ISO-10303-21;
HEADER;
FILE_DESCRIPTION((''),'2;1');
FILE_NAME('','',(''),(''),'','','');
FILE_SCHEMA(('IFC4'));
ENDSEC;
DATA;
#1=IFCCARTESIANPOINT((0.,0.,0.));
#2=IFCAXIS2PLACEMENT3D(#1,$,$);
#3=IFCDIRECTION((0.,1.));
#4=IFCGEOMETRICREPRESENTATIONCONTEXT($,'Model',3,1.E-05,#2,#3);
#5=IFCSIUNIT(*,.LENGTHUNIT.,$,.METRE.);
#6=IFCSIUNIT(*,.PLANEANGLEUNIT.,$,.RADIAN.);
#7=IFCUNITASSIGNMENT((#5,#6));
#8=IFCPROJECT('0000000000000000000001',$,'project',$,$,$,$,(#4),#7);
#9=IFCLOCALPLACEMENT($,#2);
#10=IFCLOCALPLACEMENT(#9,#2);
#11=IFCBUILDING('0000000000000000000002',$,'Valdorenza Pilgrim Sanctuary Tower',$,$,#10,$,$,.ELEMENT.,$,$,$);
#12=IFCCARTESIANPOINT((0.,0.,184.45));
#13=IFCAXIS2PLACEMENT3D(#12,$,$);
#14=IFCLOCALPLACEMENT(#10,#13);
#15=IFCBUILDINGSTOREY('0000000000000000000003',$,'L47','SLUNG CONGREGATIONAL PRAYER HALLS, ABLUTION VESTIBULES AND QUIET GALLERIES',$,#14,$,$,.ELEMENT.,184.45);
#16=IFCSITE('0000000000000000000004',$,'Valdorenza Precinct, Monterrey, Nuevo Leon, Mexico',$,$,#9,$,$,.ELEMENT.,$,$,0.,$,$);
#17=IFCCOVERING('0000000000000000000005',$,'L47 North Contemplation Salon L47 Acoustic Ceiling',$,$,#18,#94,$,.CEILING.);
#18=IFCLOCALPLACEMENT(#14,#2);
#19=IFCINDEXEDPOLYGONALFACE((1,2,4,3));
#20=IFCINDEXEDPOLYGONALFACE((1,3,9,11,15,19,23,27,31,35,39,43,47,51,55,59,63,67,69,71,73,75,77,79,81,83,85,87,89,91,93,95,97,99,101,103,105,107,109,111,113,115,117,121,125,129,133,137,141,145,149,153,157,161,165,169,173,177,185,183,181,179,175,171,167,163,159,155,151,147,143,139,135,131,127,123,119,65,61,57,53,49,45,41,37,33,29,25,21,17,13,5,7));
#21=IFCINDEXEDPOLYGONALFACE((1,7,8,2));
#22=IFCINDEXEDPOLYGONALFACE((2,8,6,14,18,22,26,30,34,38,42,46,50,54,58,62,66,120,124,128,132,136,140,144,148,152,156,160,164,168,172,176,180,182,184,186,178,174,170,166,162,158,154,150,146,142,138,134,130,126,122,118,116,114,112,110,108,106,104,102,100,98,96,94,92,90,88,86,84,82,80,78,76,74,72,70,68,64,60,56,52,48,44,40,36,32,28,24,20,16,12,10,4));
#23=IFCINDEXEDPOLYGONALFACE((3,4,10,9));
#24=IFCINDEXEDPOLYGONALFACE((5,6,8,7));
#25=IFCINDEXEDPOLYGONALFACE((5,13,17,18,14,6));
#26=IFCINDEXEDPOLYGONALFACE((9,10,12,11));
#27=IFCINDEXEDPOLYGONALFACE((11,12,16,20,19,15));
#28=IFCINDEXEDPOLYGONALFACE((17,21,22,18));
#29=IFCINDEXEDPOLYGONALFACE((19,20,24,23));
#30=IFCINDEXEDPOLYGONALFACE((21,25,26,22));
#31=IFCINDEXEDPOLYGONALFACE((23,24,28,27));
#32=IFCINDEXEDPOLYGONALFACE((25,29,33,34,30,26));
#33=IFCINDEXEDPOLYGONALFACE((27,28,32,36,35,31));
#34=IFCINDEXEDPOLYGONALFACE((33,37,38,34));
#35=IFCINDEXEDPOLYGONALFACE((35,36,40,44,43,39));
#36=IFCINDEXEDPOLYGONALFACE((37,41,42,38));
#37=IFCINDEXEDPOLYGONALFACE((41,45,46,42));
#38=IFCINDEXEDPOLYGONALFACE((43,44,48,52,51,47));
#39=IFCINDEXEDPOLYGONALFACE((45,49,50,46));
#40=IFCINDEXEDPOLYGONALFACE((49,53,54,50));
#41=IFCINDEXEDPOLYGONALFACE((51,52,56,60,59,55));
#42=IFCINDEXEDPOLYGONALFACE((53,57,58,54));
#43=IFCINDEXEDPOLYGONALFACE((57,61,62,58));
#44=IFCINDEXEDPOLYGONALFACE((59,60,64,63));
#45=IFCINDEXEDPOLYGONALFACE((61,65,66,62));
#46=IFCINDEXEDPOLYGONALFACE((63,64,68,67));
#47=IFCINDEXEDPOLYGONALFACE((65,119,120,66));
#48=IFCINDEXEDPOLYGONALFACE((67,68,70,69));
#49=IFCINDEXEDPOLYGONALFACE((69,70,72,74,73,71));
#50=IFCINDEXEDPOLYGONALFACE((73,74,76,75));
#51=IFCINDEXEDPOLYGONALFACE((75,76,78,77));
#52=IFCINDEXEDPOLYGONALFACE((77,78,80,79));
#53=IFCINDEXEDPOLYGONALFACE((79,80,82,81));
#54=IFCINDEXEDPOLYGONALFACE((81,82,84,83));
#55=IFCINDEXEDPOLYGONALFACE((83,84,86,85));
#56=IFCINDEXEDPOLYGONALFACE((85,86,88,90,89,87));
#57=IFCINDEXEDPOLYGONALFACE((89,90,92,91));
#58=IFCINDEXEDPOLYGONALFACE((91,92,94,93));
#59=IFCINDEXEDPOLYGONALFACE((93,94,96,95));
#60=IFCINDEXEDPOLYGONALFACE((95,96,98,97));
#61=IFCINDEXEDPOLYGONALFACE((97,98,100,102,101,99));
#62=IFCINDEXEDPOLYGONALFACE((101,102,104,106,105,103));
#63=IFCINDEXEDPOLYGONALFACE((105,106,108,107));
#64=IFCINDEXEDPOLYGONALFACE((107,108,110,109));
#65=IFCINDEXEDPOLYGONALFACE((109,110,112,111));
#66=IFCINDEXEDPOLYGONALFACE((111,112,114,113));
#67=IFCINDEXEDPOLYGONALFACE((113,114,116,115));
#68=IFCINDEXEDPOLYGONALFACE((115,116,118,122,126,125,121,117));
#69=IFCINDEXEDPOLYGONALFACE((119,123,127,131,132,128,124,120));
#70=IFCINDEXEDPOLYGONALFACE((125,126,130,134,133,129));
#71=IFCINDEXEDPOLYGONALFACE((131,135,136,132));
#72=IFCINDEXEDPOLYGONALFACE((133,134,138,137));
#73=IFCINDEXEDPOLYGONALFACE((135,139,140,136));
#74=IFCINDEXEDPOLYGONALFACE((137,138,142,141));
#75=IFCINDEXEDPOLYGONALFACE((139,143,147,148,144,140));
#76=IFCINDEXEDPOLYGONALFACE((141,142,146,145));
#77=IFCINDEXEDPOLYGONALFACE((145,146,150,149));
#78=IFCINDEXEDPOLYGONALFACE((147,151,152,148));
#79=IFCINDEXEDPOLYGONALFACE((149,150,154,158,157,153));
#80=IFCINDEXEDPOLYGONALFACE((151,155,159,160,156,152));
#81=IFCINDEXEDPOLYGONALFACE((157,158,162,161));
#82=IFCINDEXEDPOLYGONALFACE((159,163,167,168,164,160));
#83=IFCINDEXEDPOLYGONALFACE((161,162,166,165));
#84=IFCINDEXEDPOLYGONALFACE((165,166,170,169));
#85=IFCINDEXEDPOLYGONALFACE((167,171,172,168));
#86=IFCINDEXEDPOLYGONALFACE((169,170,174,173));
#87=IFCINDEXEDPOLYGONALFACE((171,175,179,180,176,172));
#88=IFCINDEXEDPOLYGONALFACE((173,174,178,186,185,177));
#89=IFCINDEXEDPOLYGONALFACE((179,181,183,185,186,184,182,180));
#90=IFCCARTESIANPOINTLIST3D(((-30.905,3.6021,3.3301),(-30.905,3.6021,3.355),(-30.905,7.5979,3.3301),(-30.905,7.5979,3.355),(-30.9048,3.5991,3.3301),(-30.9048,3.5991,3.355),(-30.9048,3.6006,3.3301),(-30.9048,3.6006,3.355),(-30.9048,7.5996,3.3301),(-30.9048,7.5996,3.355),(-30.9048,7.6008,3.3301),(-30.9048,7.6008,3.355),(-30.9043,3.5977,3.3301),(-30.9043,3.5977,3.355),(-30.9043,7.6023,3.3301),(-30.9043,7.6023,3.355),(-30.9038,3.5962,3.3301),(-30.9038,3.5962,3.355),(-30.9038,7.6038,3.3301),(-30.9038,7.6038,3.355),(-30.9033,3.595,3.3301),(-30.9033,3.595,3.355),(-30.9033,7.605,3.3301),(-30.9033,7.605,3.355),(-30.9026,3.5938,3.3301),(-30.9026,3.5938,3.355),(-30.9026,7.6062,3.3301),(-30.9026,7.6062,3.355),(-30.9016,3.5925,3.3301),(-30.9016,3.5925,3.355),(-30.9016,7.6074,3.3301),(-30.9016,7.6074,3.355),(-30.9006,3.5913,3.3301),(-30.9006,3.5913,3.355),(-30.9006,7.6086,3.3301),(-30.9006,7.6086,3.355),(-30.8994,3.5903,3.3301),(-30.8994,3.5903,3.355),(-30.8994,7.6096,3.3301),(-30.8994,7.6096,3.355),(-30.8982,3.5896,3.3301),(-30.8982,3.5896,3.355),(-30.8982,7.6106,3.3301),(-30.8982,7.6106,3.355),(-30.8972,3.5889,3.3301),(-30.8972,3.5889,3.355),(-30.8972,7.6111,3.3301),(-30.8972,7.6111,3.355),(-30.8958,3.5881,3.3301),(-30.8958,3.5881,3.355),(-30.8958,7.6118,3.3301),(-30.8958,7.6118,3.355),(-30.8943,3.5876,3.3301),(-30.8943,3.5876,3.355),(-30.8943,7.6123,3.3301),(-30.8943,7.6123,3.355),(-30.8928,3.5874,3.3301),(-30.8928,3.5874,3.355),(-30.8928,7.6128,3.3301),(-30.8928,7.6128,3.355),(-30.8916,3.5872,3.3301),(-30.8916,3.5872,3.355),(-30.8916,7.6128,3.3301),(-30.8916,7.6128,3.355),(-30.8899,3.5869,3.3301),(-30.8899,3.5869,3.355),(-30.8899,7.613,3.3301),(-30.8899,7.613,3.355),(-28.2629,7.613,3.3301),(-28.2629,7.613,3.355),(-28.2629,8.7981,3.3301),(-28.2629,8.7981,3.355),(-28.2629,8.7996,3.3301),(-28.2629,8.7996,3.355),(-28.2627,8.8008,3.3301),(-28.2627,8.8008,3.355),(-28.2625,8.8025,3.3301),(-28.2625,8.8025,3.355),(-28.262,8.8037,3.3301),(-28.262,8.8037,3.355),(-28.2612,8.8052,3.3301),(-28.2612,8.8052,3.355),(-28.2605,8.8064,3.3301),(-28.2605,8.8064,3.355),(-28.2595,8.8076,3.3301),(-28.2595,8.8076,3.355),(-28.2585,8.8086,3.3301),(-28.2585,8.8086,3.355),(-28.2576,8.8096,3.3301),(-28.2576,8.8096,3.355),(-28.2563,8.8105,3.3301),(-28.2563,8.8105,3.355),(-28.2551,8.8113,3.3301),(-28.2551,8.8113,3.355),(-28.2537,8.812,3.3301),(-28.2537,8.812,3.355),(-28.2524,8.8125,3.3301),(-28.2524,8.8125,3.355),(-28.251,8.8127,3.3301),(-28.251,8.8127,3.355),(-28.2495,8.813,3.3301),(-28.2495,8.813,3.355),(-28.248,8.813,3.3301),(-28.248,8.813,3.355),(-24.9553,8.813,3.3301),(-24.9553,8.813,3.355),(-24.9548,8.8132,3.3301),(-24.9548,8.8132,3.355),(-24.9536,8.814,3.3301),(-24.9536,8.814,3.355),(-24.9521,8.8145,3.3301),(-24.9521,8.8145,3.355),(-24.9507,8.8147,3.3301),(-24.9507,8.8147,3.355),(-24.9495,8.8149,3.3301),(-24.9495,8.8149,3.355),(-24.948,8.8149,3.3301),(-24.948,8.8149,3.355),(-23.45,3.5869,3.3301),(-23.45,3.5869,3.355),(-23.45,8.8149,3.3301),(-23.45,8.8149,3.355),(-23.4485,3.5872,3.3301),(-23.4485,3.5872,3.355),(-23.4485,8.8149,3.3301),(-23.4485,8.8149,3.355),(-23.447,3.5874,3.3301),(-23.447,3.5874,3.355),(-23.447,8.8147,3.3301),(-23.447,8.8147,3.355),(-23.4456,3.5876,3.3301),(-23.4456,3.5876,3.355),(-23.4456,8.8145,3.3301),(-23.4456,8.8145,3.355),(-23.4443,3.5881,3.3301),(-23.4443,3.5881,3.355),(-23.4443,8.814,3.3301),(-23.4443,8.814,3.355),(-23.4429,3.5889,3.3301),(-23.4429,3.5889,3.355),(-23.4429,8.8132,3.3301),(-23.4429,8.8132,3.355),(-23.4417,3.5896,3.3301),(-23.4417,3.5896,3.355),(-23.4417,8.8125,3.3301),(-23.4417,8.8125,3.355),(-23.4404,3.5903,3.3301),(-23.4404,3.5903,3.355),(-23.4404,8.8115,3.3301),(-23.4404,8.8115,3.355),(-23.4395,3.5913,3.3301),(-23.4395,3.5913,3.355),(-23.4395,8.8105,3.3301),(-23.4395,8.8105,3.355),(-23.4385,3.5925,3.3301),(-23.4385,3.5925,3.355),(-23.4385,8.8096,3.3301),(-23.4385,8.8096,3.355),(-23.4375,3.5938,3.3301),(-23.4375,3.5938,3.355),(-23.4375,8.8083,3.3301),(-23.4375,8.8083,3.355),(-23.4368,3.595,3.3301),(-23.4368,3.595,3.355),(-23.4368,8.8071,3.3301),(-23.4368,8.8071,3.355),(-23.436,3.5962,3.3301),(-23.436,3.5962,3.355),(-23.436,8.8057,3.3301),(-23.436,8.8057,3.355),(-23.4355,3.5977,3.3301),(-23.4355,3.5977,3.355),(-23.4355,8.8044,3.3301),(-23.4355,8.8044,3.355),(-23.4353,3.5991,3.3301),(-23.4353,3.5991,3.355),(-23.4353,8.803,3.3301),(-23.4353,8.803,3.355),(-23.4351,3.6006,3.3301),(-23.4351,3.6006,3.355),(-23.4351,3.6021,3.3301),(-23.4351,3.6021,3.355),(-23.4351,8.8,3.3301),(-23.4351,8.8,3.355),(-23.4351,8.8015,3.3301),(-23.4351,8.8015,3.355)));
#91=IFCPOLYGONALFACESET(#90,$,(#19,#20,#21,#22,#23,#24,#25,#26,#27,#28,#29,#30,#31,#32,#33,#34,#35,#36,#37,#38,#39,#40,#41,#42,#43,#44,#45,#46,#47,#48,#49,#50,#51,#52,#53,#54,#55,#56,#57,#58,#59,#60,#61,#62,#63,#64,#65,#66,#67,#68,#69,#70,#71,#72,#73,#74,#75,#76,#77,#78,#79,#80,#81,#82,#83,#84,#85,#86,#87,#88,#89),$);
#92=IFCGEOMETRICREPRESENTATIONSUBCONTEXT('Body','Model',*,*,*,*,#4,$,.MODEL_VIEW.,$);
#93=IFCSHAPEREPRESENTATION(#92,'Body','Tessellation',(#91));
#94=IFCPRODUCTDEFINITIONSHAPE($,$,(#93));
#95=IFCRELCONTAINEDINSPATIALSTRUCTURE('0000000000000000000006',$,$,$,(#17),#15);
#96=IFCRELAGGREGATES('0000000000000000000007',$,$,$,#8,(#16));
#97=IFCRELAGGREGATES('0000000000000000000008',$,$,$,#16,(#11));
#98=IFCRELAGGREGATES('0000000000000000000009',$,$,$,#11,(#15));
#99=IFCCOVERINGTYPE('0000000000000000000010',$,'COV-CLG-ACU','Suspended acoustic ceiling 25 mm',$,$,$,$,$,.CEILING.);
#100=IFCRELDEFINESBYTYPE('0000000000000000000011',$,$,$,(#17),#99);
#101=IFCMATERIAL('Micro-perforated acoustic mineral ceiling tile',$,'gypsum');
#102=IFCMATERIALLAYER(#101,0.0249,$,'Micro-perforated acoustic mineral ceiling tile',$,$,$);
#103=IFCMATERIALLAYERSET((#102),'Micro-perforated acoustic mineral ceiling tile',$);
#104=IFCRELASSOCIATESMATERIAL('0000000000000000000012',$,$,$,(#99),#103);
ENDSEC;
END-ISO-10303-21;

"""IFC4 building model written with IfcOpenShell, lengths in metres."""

from ifc_helpers import new_model, si_unit, direction, frame, origin, place, context, subcontext, project, spatial, polyline, outline, extrude, material, layer, layer_set, type_object, element, save


model = new_model("IFC4")

# Units and contexts
model_context = context("Model", 3, precision=1e-05, world=origin(), true_north=direction((0.0, 1.0)))
body_context = subcontext(model_context, "Body", "Model", "MODEL_VIEW")
ifc_project = project(units=[si_unit("LENGTHUNIT", "METRE"), si_unit("PLANEANGLEUNIT", "RADIAN")], contexts=[model_context])

# Site, building, storey
site_placement = place(None, origin())
site = spatial("IfcSite", under=ifc_project, at=site_placement, Name="Valdorenza Precinct, Monterrey, Nuevo Leon, Mexico", CompositionType="ELEMENT", RefElevation=0.0)
building_placement = place(site_placement, origin())
building = spatial("IfcBuilding", under=site, at=building_placement, Name="Valdorenza Pilgrim Sanctuary Tower", CompositionType="ELEMENT")
storey_placement = place(building_placement, frame((0.0, 0.0, 184.45)))
storey = spatial("IfcBuildingStorey", under=building, at=storey_placement, Name="L47", Description="SLUNG CONGREGATIONAL PRAYER HALLS, ABLUTION VESTIBULES AND QUIET GALLERIES", CompositionType="ELEMENT", Elevation=184.45)

# Covering
ifc_material_1 = material(Name="Micro-perforated acoustic mineral ceiling tile", Category="gypsum")
ifc_layer_1 = layer(ifc_material_1, 0.0249, Name="Micro-perforated acoustic mineral ceiling tile")
ifc_layer_set_1 = layer_set([ifc_layer_1], Name="Micro-perforated acoustic mineral ceiling tile")
covering_type_1 = type_object("IfcCoveringType", Name="COV-CLG-ACU", Description="Suspended acoustic ceiling 25 mm", PredefinedType="CEILING", material=ifc_layer_set_1)
covering_1_placement = place(storey_placement, frame((0.0, 0.0, 3.3301)))
element("IfcCovering", 1, at=covering_1_placement, inside=storey, type_object=covering_type_1, Name="L47 North Contemplation Salon L47 Acoustic Ceiling", PredefinedType="CEILING", context=body_context, shape_type="SweptSolid", body=[
    extrude(outline(polyline([(-28.2629, 7.613), (-28.2629, 8.7981), (-28.2629, 8.7996), (-28.2627, 8.8008), (-28.2625, 8.8025), (-28.262, 8.8037), (-28.2612, 8.8052), (-28.2605, 8.8064), (-28.2595, 8.8076), (-28.2585, 8.8086), (-28.2576, 8.8096), (-28.2563, 8.8105), (-28.2551, 8.8113), (-28.2537, 8.812), (-28.2524, 8.8125), (-28.251, 8.8127), (-28.2495, 8.813), (-28.248, 8.813), (-24.9553, 8.813), (-24.9548, 8.8132), (-24.9536, 8.814), (-24.9521, 8.8145), (-24.9507, 8.8147), (-24.9495, 8.8149), (-24.948, 8.8149), (-23.45, 8.8149), (-23.4485, 8.8149), (-23.447, 8.8147), (-23.4456, 8.8145), (-23.4443, 8.814), (-23.4429, 8.8132), (-23.4417, 8.8125), (-23.4404, 8.8115), (-23.4395, 8.8105), (-23.4385, 8.8096), (-23.4375, 8.8083), (-23.4368, 8.8071), (-23.436, 8.8057), (-23.4355, 8.8044), (-23.4353, 8.803), (-23.4351, 8.8015), (-23.4351, 8.8), (-23.4351, 3.6021), (-23.4351, 3.6006), (-23.4353, 3.5991), (-23.4355, 3.5977), (-23.436, 3.5962), (-23.4368, 3.595), (-23.4375, 3.5938), (-23.4385, 3.5925), (-23.4395, 3.5913), (-23.4404, 3.5903), (-23.4417, 3.5896), (-23.4429, 3.5889), (-23.4443, 3.5881), (-23.4456, 3.5876), (-23.447, 3.5874), (-23.4485, 3.5872), (-23.45, 3.5869), (-30.8899, 3.5869), (-30.8916, 3.5872), (-30.8928, 3.5874), (-30.8943, 3.5876), (-30.8958, 3.5881), (-30.8972, 3.5889), (-30.8982, 3.5896), (-30.8994, 3.5903), (-30.9006, 3.5913), (-30.9016, 3.5925), (-30.9026, 3.5938), (-30.9033, 3.595), (-30.9038, 3.5962), (-30.9043, 3.5977), (-30.9048, 3.5991), (-30.9048, 3.6006), (-30.905, 3.6021), (-30.905, 7.5979), (-30.9048, 7.5996), (-30.9048, 7.6008), (-30.9043, 7.6023), (-30.9038, 7.6038), (-30.9033, 7.605), (-30.9026, 7.6062), (-30.9016, 7.6074), (-30.9006, 7.6086), (-30.8994, 7.6096), (-30.8982, 7.6106), (-30.8972, 7.6111), (-30.8958, 7.6118), (-30.8943, 7.6123), (-30.8928, 7.6128), (-30.8916, 7.6128), (-30.8899, 7.613), (-28.2629, 7.613)])), origin(), (0.0, 0.0, 1.0), 0.0249),
])

save(model, "model.ifc")
